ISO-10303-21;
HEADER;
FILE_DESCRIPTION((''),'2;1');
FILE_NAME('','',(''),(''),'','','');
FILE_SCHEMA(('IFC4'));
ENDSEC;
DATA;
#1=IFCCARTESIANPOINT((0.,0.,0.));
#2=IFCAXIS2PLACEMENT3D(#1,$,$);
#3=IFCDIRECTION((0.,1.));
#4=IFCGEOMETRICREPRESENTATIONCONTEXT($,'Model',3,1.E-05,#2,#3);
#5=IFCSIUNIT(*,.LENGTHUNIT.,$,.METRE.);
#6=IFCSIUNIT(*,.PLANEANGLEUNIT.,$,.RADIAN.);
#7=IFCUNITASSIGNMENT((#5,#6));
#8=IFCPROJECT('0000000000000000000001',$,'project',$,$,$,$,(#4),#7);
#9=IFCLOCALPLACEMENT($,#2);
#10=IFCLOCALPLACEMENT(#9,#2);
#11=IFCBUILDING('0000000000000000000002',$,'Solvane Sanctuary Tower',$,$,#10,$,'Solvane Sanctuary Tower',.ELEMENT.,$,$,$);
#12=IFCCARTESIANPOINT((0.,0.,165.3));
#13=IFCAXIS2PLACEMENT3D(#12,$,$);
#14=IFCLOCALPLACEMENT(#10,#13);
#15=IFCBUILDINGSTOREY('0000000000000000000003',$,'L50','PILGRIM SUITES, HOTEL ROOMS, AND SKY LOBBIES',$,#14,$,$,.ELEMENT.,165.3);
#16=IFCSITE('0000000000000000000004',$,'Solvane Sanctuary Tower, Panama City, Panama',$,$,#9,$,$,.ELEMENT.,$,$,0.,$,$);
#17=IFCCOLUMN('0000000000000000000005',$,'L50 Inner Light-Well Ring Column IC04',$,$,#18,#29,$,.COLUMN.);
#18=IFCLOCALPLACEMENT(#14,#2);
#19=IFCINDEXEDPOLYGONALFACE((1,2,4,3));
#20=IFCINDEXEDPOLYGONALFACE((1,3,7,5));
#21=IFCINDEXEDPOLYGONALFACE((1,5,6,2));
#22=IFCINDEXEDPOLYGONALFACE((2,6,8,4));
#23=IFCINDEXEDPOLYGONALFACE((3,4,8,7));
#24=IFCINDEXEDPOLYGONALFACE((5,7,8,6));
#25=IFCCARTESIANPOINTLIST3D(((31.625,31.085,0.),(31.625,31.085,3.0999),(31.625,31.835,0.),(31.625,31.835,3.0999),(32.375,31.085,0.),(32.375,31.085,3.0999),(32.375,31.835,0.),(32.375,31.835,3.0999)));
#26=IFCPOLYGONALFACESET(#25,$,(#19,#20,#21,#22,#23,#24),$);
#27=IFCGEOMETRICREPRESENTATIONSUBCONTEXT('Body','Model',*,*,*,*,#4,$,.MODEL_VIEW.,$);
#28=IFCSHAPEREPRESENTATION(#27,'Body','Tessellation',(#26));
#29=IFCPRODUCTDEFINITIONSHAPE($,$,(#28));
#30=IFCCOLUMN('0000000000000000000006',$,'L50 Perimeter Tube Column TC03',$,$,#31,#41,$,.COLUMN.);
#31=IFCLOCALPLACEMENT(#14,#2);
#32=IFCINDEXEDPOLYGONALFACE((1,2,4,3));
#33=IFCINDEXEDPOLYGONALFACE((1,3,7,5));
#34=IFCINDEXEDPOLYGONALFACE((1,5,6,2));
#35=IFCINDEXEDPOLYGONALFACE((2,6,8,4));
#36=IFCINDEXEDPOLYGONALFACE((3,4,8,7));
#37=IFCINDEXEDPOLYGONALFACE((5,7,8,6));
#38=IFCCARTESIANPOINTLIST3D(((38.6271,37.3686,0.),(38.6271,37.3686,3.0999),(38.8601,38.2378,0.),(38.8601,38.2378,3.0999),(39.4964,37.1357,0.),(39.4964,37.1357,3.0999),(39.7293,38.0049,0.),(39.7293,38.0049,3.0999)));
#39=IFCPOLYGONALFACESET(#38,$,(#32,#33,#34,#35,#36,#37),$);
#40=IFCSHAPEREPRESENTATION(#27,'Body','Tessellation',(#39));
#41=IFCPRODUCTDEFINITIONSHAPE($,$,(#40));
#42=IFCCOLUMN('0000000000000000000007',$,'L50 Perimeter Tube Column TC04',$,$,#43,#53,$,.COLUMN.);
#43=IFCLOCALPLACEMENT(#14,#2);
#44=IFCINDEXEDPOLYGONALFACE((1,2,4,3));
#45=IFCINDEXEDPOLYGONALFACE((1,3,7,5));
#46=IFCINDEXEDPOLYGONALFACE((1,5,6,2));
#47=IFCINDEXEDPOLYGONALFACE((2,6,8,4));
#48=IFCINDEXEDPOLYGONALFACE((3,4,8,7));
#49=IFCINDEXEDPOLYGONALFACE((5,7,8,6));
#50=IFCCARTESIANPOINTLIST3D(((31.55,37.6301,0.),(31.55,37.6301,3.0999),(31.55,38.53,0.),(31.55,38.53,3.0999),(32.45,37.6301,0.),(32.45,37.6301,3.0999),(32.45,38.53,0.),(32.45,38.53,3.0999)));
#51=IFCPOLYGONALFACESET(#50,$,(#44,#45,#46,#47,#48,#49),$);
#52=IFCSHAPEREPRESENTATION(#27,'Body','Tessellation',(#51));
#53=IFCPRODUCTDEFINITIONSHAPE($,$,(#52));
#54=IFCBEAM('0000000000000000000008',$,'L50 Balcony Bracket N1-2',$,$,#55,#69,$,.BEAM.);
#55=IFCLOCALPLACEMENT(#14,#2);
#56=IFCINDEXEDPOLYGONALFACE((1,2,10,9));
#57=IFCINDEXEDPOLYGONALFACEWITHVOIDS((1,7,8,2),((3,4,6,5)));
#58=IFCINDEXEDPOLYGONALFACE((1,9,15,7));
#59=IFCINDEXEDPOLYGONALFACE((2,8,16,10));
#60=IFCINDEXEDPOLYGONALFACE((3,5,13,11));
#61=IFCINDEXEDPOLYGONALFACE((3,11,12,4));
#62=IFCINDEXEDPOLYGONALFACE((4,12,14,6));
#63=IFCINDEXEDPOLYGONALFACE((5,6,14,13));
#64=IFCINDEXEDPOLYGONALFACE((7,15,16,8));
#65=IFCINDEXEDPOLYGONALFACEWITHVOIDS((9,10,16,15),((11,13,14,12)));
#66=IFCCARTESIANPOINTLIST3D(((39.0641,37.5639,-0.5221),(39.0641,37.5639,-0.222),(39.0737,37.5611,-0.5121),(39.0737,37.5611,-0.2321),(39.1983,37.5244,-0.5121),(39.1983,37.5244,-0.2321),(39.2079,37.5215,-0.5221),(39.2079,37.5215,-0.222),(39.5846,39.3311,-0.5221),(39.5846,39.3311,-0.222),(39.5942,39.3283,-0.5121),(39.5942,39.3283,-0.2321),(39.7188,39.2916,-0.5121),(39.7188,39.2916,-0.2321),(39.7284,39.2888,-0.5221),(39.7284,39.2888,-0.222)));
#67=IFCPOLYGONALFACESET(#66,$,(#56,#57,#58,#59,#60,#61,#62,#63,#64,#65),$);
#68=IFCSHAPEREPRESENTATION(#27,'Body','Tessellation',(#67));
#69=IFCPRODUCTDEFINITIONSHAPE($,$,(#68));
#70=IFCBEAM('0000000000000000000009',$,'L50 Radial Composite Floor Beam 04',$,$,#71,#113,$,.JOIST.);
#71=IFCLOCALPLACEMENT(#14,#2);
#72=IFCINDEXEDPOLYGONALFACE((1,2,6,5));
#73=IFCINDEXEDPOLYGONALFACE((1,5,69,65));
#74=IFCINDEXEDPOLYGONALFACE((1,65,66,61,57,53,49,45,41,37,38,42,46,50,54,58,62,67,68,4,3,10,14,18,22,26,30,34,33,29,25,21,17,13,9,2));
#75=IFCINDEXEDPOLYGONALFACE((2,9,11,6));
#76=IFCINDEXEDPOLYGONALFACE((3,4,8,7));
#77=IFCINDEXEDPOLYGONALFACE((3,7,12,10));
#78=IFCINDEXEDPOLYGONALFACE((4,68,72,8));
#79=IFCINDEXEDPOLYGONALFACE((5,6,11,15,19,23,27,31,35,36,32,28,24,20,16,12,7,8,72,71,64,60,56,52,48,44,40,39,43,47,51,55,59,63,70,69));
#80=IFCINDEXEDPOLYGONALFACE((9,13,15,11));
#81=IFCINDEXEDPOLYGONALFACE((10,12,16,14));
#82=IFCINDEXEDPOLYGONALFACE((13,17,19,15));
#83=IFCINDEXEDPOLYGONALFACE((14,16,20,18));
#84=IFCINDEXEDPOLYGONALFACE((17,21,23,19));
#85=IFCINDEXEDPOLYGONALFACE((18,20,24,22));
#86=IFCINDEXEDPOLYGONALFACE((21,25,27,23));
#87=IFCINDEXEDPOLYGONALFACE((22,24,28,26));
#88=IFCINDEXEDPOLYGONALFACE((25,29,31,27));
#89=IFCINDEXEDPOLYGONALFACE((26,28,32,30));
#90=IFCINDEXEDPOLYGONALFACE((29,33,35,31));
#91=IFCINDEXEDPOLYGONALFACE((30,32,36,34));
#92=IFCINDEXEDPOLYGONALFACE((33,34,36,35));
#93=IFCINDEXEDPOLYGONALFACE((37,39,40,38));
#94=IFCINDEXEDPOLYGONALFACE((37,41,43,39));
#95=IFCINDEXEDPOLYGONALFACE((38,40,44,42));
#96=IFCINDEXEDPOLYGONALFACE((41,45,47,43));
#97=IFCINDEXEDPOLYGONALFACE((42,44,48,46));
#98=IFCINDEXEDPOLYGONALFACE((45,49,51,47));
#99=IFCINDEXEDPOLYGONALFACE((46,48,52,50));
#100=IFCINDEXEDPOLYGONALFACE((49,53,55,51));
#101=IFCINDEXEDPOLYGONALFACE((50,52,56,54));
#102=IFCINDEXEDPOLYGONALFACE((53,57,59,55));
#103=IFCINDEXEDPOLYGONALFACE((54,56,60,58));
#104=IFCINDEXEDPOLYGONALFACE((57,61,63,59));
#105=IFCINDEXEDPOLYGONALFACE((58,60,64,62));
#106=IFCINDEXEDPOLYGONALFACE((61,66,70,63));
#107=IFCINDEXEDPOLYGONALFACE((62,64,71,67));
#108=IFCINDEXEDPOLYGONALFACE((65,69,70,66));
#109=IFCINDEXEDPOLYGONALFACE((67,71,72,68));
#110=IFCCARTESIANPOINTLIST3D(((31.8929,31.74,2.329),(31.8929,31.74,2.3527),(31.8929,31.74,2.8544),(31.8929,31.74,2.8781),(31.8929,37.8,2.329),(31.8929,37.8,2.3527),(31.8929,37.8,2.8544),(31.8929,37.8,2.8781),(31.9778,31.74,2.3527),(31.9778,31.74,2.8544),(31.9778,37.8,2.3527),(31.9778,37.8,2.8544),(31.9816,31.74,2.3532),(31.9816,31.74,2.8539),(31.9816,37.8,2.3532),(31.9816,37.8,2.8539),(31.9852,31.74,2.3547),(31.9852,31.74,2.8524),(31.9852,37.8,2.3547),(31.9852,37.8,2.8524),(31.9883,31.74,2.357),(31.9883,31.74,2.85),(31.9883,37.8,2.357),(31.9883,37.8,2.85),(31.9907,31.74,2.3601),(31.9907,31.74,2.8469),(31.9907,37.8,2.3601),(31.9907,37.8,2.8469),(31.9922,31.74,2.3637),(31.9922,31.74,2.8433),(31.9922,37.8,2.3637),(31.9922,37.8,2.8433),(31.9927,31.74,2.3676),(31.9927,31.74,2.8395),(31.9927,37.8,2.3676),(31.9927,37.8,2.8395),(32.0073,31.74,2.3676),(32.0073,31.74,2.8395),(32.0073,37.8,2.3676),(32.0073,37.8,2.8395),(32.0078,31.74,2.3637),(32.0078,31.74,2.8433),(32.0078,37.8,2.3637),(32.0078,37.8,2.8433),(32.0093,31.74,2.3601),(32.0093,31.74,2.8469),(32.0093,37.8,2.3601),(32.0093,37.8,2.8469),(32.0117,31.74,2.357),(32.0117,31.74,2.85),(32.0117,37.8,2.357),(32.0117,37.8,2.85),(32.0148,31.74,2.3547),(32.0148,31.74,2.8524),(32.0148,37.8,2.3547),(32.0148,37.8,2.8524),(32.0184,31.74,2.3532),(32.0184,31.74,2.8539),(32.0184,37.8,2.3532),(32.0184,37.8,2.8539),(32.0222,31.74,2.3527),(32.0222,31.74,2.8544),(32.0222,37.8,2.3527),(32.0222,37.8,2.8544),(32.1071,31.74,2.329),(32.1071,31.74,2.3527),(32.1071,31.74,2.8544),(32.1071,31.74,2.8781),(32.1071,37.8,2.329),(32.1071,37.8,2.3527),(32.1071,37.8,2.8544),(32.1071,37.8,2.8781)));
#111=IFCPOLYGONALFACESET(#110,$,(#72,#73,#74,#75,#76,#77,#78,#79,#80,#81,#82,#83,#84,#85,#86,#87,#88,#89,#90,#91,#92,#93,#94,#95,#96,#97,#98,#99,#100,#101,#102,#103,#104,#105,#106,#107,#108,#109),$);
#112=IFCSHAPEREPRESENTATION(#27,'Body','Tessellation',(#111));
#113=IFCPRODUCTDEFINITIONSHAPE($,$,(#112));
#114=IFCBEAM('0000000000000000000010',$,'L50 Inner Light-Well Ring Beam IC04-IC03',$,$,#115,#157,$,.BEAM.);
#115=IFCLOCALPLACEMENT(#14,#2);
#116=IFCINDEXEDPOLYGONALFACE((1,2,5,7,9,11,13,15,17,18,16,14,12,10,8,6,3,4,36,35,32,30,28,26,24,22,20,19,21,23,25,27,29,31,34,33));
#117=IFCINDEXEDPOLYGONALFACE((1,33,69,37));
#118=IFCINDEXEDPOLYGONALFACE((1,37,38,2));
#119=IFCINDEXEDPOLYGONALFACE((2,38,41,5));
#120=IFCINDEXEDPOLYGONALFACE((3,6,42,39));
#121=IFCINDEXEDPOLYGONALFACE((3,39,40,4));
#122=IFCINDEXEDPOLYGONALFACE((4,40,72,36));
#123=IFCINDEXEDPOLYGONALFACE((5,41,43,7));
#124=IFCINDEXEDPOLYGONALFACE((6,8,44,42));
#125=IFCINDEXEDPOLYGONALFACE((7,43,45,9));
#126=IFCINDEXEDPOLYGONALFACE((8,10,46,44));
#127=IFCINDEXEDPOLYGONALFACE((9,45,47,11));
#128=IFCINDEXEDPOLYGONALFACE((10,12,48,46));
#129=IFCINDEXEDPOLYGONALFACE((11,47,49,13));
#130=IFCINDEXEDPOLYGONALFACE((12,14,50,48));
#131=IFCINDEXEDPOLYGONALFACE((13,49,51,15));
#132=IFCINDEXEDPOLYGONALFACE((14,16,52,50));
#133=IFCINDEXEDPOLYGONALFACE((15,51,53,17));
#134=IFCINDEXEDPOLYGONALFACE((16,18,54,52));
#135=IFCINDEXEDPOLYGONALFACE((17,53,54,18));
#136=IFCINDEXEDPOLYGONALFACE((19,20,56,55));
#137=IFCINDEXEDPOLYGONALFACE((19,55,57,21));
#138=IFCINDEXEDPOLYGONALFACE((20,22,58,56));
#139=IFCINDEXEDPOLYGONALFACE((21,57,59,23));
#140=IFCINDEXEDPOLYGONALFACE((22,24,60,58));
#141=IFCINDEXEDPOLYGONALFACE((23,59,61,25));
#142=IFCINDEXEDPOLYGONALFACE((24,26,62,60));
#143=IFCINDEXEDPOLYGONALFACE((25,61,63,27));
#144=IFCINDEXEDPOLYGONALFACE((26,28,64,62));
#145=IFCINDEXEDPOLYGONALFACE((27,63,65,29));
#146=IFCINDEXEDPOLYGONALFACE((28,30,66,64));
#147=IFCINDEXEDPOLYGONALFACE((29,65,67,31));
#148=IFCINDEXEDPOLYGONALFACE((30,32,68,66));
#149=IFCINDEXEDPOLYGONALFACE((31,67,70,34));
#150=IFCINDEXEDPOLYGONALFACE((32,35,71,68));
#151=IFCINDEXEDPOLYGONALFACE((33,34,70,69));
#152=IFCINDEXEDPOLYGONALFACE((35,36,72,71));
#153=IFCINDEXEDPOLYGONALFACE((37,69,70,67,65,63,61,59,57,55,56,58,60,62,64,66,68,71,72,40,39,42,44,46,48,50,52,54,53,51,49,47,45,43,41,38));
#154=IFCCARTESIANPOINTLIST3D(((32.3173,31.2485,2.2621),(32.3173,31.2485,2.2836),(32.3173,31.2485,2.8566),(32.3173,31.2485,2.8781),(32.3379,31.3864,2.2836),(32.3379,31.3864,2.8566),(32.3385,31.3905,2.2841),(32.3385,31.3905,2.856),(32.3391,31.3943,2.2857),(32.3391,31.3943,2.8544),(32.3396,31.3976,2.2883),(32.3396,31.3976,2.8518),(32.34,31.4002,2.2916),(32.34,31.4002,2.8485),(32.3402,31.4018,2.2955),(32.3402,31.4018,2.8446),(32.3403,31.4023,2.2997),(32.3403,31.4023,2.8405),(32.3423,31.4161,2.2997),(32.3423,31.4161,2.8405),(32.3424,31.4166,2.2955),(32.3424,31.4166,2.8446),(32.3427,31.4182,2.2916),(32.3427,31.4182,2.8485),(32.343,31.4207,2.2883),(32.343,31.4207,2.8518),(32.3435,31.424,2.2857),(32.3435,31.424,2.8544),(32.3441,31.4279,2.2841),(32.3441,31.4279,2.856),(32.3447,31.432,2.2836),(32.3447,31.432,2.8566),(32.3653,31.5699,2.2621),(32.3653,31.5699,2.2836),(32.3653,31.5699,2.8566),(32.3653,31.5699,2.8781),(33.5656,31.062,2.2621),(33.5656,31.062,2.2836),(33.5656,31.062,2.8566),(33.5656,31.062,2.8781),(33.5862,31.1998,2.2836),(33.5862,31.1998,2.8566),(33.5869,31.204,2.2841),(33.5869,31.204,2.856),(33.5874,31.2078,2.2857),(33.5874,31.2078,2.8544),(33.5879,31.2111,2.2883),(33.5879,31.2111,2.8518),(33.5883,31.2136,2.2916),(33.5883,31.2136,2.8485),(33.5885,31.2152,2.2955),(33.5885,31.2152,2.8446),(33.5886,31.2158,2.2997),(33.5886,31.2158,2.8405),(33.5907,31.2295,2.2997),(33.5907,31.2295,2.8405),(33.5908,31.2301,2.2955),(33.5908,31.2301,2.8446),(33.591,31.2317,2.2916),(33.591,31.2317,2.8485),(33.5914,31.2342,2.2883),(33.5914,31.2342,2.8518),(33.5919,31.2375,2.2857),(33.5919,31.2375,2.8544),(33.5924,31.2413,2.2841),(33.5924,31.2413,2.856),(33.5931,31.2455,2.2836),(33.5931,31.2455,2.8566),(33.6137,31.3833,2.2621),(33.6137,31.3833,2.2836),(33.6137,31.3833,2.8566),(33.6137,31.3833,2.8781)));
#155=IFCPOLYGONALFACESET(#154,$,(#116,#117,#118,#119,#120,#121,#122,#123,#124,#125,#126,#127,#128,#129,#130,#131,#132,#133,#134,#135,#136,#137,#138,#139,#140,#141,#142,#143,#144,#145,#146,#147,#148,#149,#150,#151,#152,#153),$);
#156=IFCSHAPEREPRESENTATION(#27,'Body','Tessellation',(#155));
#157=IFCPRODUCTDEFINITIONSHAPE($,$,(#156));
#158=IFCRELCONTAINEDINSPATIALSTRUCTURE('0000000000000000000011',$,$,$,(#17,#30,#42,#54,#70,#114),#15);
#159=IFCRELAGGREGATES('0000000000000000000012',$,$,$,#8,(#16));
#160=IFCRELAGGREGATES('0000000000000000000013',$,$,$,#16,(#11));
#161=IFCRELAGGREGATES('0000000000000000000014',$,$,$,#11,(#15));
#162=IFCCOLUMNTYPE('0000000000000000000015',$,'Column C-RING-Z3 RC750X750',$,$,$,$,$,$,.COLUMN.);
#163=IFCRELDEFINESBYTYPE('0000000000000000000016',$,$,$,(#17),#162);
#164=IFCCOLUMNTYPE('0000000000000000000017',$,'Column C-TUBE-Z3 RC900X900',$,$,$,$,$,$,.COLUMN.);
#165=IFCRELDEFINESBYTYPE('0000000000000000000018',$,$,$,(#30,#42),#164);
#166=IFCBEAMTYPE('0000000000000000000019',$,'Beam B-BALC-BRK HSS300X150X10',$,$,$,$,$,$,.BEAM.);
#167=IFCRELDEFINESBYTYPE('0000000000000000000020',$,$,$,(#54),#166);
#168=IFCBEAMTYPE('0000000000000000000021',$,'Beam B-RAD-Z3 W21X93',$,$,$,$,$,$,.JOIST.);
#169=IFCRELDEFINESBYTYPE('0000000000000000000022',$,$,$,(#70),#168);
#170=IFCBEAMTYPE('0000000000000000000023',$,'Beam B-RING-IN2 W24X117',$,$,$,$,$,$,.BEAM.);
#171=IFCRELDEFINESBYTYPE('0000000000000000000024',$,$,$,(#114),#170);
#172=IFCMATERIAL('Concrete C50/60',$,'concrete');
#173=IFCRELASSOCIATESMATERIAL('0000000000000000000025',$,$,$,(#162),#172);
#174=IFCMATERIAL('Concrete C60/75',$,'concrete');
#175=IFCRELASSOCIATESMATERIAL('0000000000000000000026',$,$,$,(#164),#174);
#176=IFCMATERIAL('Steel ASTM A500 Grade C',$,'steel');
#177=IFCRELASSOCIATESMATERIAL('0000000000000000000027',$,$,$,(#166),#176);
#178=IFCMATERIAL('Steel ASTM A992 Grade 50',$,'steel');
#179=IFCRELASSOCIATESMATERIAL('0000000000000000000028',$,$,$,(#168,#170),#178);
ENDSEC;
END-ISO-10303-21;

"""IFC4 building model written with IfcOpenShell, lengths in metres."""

from ifc_helpers import new_model, si_unit, direction, frame, origin, origin_2d, place, context, subcontext, project, spatial, rectangle, hollow_rectangle, i_section, extrude, material, material_profile, profile_set, type_object, element, save


model = new_model("IFC4")

# Units and contexts
model_context = context("Model", 3, precision=1e-05, world=origin(), true_north=direction((0.0, 1.0)))
body_context = subcontext(model_context, "Body", "Model", "MODEL_VIEW")
ifc_project = project(units=[si_unit("LENGTHUNIT", "METRE"), si_unit("PLANEANGLEUNIT", "RADIAN")], contexts=[model_context])

# Site, building, storey
site_placement = place(None, origin())
site = spatial("IfcSite", under=ifc_project, at=site_placement, Name="Solvane Sanctuary Tower, Panama City, Panama", CompositionType="ELEMENT", RefElevation=0.0)
building_placement = place(site_placement, origin())
building = spatial("IfcBuilding", under=site, at=building_placement, Name="Solvane Sanctuary Tower", LongName="Solvane Sanctuary Tower", CompositionType="ELEMENT")
storey_placement = place(building_placement, frame((0.0, 0.0, 165.3)))
storey = spatial("IfcBuildingStorey", under=building, at=storey_placement, Name="L50", Description="PILGRIM SUITES, HOTEL ROOMS, AND SKY LOBBIES", CompositionType="ELEMENT", Elevation=165.3)

# Columns
ifc_material_1 = material(Name="Concrete C50/60", Category="concrete")
ifc_material_profile_1 = material_profile(ifc_material_1, rectangle(XDim=0.75, YDim=0.75, at=origin_2d()), Name="RC750X750")
ifc_profile_set_1 = profile_set([ifc_material_profile_1], Name="Concrete C50/60")
column_type_1 = type_object("IfcColumnType", Name="Column C-RING-Z3 RC750X750", PredefinedType="COLUMN", material=ifc_profile_set_1)
column_placement = place(storey_placement, frame((32.0, 31.46, 0.0), z_axis=(0.0, 0.0, 1.0), x_axis=(1.0, 0.0, 0.0)))
element("IfcColumn", 1, at=column_placement, inside=storey, type_object=column_type_1, Name="L50 Inner Light-Well Ring Column IC04", PredefinedType="COLUMN", context=body_context, shape_type="SweptSolid", body=[
    extrude(rectangle(XDim=0.75, YDim=0.75, at=origin_2d()), origin(), (0.0, 0.0, 1.0), 3.0999),
])
ifc_material_2 = material(Name="Concrete C60/75", Category="concrete")
ifc_material_profile_2 = material_profile(ifc_material_2, rectangle(XDim=0.8999, YDim=0.8999, at=origin_2d()), Name="RC900X900")
ifc_profile_set_2 = profile_set([ifc_material_profile_2], Name="Concrete C60/75")
column_type_2 = type_object("IfcColumnType", Name="Column C-TUBE-Z3 RC900X900", PredefinedType="COLUMN", material=ifc_profile_set_2)
for number, where, z_axis, x_axis, name in (
    (2, (39.1782, 37.6868, 0.0), (0.0, 0.0, 1.0), (0.258819, 0.965926, 0.0), "L50 Perimeter Tube Column TC03"),
    (3, (32.0, 38.0801, 0.0), (0.0, 0.0, 1.0), (0.0, 1.0, 0.0), "L50 Perimeter Tube Column TC04"),
):
    element("IfcColumn", number, at=place(storey_placement, frame(where, z_axis=z_axis, x_axis=x_axis)), inside=storey, type_object=column_type_2, Name=name, PredefinedType="COLUMN", context=body_context, shape_type="SweptSolid", body=[
        extrude(rectangle(XDim=0.8999, YDim=0.8999, at=origin_2d()), origin(), (0.0, 0.0, 1.0), 3.0999),
    ])

# Beams
ifc_material_3 = material(Name="Steel ASTM A500 Grade C", Category="steel")
ifc_material_profile_3 = material_profile(ifc_material_3, hollow_rectangle(XDim=0.1499, YDim=0.3, WallThickness=0.01, at=origin_2d()), Name="HSS300X150X10")
ifc_profile_set_3 = profile_set([ifc_material_profile_3], Name="Steel ASTM A500 Grade C")
beam_type_1 = type_object("IfcBeamType", Name="Beam B-BALC-BRK HSS300X150X10", PredefinedType="BEAM", material=ifc_profile_set_3)
beam_1_placement = place(storey_placement, frame((39.136, 37.5427, -0.3721), z_axis=(0.282518, 0.959262, 0.0), x_axis=(-0.959262, 0.282518, 0.0)))
element("IfcBeam", 4, at=beam_1_placement, inside=storey, type_object=beam_type_1, Name="L50 Balcony Bracket N1-2", PredefinedType="BEAM", context=body_context, shape_type="SweptSolid", body=[
    extrude(hollow_rectangle(XDim=0.1499, YDim=0.3, WallThickness=0.01, at=origin_2d()), origin(), (0.0, 0.0, 1.0), 1.8423),
])
ifc_material_4 = material(Name="Steel ASTM A992 Grade 50", Category="steel")
ifc_material_profile_4 = material_profile(ifc_material_4, i_section(OverallWidth=0.2141, OverallDepth=0.5491, WebThickness=0.0146, FlangeThickness=0.0237, FilletRadius=0.0149, at=origin_2d()), Name="W21X93")
ifc_profile_set_4 = profile_set([ifc_material_profile_4], Name="Steel ASTM A992 Grade 50")
beam_type_2 = type_object("IfcBeamType", Name="Beam B-RAD-Z3 W21X93", PredefinedType="JOIST", material=ifc_profile_set_4)
beam_2_placement = place(storey_placement, frame((32.0, 31.74, 2.6035), z_axis=(0.0, 1.0, 0.0), x_axis=(-1.0, 0.0, 0.0)))
element("IfcBeam", 5, at=beam_2_placement, inside=storey, type_object=beam_type_2, Name="L50 Radial Composite Floor Beam 04", PredefinedType="JOIST", context=body_context, shape_type="SweptSolid", body=[
    extrude(i_section(OverallWidth=0.2141, OverallDepth=0.5491, WebThickness=0.0146, FlangeThickness=0.0237, FilletRadius=0.0149, at=origin_2d()), origin(), (0.0, 0.0, 1.0), 6.0601),
])
ifc_material_profile_5 = material_profile(ifc_material_4, i_section(OverallWidth=0.325, OverallDepth=0.616, WebThickness=0.0139, FlangeThickness=0.0215, FilletRadius=0.0161, at=origin_2d()), Name="W24X117")
ifc_profile_set_5 = profile_set([ifc_material_profile_5], Name="Steel ASTM A992 Grade 50")
beam_type_3 = type_object("IfcBeamType", Name="Beam B-RING-IN2 W24X117", PredefinedType="BEAM", material=ifc_profile_set_5)
beam_3_placement = place(storey_placement, frame((32.3413, 31.4092, 2.5701), z_axis=(0.98902, -0.147782, 0.0), x_axis=(0.147782, 0.98902, 0.0)))
element("IfcBeam", 6, at=beam_3_placement, inside=storey, type_object=beam_type_3, Name="L50 Inner Light-Well Ring Beam IC04-IC03", PredefinedType="BEAM", context=body_context, shape_type="SweptSolid", body=[
    extrude(i_section(OverallWidth=0.325, OverallDepth=0.616, WebThickness=0.0139, FlangeThickness=0.0215, FilletRadius=0.0161, at=origin_2d()), origin(), (0.0, 0.0, 1.0), 1.2622),
])

save(model, "model.ifc")
